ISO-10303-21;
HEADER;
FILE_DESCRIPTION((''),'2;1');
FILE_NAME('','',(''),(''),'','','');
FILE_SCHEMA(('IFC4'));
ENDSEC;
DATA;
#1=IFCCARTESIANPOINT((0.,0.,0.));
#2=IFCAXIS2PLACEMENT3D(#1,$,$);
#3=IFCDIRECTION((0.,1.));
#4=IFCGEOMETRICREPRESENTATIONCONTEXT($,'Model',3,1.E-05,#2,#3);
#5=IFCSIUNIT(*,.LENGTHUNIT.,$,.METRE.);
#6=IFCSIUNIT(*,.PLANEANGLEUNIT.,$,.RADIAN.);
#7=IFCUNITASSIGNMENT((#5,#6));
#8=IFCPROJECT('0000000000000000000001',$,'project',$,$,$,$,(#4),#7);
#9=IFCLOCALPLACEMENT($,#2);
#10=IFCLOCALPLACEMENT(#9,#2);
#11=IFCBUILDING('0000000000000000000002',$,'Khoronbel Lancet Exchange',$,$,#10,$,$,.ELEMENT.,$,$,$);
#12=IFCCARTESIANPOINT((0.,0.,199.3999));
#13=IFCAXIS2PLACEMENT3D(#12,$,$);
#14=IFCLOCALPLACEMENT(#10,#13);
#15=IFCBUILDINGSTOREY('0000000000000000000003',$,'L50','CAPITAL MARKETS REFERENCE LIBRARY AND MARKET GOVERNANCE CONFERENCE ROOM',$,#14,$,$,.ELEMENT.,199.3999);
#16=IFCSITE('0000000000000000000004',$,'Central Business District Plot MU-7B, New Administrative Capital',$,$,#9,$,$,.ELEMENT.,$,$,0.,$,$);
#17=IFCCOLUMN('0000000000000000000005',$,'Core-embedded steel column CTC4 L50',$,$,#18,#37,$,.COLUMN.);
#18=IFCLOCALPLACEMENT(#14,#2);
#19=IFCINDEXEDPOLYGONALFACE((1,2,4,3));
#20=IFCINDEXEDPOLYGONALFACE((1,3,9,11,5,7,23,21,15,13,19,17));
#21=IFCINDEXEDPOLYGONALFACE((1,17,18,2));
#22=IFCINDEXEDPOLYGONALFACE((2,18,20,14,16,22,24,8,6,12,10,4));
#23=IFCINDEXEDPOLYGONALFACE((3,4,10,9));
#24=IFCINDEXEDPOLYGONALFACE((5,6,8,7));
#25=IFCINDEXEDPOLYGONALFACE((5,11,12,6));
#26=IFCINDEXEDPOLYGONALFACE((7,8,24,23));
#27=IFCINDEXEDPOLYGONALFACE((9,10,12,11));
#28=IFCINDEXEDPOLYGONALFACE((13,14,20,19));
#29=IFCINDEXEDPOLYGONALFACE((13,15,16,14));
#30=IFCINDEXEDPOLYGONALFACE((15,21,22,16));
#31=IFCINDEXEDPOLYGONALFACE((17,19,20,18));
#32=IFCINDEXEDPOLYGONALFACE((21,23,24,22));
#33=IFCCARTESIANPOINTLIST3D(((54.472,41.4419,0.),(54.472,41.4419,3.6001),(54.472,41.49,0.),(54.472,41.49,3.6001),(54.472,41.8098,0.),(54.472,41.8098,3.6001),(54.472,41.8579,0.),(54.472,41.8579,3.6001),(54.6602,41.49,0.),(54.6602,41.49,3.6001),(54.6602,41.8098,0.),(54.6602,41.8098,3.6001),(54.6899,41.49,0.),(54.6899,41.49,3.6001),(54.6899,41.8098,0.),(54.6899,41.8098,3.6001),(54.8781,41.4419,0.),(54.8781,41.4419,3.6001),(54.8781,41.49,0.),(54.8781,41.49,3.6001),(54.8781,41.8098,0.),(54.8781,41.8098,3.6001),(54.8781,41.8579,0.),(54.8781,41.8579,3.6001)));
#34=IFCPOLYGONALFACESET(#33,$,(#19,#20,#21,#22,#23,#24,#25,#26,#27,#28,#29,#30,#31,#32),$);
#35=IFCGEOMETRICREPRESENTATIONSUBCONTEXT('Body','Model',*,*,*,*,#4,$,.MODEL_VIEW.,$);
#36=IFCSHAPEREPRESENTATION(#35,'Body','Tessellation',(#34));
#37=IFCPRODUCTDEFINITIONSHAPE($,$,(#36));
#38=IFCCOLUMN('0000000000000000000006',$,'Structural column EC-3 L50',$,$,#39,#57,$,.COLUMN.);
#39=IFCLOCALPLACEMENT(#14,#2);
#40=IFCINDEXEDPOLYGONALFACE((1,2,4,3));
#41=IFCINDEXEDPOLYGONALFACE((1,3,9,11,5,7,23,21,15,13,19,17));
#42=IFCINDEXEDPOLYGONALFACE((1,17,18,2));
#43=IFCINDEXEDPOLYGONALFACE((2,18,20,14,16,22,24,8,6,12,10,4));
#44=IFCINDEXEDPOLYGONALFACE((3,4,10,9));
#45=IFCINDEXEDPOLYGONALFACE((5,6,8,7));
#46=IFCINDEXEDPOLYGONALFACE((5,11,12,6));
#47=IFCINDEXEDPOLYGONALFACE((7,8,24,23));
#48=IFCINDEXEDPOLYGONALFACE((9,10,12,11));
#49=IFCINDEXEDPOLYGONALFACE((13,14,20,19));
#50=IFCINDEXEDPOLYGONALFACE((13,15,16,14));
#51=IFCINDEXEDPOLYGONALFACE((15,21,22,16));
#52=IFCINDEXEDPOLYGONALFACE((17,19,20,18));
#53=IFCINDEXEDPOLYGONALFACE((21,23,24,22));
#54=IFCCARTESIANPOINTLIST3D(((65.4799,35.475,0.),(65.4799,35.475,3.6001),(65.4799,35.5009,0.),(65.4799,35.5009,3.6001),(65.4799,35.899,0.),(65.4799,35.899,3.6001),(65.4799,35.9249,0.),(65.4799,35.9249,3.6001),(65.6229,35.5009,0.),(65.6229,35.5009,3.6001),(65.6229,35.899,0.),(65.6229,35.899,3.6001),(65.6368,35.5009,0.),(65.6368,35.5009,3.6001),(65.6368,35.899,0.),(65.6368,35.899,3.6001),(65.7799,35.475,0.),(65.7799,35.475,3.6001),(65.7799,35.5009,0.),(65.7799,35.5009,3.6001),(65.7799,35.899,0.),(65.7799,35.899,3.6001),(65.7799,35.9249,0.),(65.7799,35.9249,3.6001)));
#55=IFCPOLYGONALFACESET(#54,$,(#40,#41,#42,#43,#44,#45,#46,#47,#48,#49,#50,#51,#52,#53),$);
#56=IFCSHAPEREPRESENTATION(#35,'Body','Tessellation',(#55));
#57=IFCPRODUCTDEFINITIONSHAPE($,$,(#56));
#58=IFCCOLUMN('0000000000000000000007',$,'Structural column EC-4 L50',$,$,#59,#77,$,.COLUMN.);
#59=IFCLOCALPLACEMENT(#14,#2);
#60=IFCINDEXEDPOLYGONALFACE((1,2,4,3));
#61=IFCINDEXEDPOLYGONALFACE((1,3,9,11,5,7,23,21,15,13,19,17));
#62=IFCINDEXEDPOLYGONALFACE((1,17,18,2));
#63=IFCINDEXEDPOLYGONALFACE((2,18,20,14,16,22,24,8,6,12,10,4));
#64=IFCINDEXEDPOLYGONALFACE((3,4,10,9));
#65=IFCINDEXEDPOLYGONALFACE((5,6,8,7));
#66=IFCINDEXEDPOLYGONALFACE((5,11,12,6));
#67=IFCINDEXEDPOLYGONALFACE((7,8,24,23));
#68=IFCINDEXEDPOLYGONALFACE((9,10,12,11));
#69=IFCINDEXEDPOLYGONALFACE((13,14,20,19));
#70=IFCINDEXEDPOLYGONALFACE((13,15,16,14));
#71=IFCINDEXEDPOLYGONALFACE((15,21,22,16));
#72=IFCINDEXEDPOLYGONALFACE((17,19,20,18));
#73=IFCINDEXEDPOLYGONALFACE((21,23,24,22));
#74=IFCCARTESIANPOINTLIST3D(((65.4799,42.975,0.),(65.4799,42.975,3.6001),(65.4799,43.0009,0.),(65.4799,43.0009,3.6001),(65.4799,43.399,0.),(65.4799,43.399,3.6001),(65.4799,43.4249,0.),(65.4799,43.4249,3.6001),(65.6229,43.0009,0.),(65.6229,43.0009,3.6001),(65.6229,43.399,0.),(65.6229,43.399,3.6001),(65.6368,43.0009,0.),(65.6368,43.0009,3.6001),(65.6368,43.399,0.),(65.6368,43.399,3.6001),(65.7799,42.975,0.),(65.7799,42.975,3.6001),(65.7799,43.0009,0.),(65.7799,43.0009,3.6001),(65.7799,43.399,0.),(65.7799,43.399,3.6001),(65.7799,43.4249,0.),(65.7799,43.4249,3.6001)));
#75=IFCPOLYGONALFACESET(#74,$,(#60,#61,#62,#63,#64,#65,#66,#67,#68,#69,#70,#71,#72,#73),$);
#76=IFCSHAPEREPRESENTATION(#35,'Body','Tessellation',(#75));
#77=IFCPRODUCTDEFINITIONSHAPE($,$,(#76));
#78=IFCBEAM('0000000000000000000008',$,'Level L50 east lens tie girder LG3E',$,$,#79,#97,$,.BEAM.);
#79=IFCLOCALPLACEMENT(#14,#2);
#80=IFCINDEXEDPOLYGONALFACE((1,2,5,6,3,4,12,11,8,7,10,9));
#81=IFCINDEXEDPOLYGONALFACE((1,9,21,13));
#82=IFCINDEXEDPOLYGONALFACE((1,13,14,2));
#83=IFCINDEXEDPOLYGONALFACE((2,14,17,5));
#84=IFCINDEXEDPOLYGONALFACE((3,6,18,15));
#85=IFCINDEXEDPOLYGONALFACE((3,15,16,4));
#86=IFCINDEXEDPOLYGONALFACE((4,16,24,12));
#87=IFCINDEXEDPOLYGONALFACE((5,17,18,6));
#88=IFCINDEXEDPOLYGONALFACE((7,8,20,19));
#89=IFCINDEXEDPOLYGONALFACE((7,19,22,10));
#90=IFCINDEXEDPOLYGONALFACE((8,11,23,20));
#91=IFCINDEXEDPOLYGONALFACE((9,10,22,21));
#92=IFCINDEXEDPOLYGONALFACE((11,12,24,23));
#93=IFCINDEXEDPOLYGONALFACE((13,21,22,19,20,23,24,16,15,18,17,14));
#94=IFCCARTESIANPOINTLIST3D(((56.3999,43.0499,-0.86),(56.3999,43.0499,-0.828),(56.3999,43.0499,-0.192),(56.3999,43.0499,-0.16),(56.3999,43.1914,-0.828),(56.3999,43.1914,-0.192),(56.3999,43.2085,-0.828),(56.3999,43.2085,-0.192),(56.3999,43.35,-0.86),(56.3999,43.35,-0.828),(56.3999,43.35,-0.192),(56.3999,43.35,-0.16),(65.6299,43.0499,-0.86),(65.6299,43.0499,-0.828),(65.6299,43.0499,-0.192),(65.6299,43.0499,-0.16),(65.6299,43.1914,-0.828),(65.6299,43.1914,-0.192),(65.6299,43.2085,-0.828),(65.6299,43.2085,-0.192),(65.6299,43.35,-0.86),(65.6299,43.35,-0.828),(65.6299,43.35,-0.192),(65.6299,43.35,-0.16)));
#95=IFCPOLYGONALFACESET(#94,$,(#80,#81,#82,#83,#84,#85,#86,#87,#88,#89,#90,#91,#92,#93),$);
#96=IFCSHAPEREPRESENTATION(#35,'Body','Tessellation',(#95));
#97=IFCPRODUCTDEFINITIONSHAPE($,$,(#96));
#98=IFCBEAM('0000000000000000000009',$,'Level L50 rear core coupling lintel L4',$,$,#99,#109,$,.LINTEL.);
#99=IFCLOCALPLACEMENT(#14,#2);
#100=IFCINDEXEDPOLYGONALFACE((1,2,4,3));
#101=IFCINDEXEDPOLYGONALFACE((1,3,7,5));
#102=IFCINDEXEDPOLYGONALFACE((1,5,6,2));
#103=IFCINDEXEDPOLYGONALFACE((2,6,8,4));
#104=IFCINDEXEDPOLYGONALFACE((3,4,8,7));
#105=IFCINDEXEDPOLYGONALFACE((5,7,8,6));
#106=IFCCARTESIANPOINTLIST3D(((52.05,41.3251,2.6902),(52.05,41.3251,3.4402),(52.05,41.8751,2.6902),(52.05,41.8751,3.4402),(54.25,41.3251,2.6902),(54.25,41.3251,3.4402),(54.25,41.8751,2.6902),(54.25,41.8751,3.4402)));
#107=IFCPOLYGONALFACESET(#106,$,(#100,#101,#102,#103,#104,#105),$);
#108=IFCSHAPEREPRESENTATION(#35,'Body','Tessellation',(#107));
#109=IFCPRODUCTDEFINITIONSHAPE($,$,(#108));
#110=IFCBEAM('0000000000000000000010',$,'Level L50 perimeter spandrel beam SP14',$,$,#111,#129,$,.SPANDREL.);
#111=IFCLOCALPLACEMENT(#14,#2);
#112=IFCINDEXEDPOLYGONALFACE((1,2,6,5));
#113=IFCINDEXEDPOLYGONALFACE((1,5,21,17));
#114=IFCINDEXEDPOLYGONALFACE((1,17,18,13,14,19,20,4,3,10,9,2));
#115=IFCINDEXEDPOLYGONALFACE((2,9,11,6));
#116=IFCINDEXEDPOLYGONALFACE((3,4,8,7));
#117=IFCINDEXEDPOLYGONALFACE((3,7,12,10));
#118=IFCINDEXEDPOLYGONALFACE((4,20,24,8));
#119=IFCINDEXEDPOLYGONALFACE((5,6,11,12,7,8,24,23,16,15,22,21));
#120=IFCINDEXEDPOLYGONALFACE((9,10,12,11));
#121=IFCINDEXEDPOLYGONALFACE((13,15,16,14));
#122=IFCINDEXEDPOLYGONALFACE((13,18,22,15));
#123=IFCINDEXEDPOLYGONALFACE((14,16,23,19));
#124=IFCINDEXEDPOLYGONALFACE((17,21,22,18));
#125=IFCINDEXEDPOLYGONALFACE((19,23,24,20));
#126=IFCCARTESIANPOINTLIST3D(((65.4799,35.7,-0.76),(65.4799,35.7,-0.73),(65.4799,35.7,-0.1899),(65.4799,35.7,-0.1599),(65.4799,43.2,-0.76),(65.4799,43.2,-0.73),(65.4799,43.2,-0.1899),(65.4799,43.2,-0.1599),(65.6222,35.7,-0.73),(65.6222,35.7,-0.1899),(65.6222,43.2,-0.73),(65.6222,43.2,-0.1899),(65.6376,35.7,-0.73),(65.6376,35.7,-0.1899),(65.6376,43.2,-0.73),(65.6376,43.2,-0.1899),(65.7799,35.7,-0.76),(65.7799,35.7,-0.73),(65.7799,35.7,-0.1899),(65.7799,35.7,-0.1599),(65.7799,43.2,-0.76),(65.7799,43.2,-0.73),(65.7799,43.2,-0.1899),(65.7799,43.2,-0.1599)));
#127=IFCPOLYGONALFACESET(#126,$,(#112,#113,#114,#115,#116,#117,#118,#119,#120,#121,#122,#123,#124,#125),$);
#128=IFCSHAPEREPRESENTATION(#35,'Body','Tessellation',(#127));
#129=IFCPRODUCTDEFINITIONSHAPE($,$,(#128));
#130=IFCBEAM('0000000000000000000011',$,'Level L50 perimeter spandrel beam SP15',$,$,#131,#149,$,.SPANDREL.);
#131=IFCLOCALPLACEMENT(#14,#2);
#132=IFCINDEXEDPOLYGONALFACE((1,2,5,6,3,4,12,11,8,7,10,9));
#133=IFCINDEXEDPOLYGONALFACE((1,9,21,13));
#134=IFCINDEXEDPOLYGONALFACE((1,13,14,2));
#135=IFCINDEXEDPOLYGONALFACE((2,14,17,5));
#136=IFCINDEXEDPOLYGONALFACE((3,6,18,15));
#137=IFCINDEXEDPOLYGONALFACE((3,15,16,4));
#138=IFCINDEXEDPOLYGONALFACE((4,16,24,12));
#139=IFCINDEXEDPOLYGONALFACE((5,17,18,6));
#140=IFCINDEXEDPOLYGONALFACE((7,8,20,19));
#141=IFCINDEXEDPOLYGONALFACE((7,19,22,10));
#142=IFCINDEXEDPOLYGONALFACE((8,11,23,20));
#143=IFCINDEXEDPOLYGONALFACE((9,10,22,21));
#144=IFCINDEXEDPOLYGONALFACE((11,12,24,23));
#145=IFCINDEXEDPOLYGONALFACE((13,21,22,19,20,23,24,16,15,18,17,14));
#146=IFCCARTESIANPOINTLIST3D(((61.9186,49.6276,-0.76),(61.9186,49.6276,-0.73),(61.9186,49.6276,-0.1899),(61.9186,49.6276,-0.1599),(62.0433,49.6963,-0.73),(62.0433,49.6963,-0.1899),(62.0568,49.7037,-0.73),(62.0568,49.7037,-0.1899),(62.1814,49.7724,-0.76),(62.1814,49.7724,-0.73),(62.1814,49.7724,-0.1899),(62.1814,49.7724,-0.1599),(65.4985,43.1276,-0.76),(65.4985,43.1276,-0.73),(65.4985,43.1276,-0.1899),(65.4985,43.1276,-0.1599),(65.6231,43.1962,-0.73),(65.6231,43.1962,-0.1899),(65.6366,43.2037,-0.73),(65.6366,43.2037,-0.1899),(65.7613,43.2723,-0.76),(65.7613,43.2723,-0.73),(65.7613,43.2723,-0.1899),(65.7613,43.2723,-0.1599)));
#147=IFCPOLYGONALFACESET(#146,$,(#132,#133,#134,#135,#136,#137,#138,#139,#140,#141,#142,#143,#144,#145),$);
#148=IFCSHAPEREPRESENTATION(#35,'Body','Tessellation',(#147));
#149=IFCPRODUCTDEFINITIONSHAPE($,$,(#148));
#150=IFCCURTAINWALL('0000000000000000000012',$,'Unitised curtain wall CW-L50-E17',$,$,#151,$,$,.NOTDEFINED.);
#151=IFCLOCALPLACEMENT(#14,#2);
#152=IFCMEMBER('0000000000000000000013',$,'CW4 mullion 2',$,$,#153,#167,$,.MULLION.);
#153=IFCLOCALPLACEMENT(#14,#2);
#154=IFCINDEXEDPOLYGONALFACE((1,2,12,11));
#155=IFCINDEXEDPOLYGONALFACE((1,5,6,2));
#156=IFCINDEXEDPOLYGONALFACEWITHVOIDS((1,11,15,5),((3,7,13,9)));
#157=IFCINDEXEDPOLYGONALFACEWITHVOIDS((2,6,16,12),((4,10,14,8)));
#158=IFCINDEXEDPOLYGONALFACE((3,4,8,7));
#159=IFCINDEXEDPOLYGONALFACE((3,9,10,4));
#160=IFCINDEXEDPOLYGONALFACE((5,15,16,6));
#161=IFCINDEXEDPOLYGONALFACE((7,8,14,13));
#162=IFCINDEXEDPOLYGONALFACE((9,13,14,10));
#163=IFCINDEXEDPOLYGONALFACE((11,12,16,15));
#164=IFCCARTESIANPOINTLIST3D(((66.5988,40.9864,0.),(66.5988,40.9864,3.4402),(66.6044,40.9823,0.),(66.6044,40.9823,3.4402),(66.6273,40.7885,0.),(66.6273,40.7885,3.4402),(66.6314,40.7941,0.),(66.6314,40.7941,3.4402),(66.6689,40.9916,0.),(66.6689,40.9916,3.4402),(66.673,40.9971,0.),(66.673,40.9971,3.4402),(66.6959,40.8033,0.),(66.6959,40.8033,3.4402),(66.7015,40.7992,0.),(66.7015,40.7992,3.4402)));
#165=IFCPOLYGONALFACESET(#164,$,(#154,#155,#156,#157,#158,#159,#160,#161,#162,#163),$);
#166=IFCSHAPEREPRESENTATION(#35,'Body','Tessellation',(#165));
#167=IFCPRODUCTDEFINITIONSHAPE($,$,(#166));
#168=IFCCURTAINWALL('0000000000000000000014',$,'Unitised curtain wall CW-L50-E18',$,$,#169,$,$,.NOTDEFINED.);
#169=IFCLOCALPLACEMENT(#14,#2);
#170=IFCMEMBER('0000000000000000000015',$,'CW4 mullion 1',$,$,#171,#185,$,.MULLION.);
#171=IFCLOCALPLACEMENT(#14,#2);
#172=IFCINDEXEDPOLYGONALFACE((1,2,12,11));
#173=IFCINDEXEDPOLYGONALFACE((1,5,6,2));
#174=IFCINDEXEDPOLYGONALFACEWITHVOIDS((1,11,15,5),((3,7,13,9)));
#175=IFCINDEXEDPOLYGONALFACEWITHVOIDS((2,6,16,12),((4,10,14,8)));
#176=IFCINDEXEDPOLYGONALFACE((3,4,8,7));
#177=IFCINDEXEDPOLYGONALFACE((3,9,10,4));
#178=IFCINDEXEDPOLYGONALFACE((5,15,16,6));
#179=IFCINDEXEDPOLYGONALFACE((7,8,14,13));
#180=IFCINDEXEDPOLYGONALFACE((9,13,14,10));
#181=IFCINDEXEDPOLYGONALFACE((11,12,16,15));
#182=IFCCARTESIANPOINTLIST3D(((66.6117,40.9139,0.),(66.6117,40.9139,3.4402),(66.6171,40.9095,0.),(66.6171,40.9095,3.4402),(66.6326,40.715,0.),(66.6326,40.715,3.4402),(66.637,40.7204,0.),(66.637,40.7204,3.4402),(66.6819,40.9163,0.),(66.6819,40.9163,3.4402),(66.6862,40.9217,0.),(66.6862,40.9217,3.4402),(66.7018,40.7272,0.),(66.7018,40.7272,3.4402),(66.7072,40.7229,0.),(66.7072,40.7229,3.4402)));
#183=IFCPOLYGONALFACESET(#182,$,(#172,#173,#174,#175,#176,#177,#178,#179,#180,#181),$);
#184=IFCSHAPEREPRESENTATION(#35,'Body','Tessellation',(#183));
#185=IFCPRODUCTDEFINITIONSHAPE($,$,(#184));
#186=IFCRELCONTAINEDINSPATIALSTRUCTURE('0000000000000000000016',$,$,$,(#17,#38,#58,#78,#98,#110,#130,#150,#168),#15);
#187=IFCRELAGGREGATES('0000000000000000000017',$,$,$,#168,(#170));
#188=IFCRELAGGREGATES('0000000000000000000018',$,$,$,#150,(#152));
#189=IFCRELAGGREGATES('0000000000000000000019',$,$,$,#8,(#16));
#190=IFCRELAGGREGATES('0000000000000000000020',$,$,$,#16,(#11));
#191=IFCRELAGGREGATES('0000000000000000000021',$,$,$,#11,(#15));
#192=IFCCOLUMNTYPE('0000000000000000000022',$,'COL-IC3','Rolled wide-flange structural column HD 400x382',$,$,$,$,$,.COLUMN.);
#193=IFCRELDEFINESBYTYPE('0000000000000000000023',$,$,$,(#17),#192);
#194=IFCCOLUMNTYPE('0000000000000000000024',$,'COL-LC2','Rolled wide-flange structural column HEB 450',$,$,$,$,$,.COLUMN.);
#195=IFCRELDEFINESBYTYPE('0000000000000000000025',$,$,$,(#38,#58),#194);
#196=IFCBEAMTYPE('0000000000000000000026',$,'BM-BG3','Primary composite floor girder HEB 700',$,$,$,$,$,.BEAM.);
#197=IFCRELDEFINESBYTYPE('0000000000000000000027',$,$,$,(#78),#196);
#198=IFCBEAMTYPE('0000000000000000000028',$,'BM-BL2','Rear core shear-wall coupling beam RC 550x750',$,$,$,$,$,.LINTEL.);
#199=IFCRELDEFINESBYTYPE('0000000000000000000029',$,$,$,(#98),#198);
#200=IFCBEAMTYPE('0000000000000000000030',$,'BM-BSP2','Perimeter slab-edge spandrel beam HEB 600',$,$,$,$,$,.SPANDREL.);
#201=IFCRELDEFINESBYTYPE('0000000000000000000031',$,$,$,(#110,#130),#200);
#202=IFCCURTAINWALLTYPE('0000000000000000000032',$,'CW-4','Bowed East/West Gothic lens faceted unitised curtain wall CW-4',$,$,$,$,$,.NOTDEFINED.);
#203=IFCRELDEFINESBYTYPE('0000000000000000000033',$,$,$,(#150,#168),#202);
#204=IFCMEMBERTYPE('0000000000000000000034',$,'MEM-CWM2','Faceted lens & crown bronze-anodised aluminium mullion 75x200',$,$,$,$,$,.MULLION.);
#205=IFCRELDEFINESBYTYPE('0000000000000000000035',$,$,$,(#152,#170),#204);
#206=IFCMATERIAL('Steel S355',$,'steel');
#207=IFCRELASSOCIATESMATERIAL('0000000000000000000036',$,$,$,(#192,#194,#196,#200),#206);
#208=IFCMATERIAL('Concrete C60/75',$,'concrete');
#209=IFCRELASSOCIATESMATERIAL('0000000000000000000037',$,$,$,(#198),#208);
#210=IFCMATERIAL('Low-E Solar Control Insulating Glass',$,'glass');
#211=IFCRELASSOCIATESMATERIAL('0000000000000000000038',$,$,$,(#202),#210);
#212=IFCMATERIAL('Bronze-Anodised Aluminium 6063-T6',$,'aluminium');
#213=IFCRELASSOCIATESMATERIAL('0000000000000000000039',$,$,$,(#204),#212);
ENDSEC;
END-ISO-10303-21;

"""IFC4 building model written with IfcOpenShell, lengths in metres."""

from ifc_helpers import new_model, si_unit, direction, frame, origin, origin_2d, place, context, subcontext, project, spatial, rectangle, hollow_rectangle, i_section, extrude, material, material_profile, profile_set, type_object, element, aggregate, save


model = new_model("IFC4")

# Units and contexts
model_context = context("Model", 3, precision=1e-05, world=origin(), true_north=direction((0.0, 1.0)))
body_context = subcontext(model_context, "Body", "Model", "MODEL_VIEW")
ifc_project = project(units=[si_unit("LENGTHUNIT", "METRE"), si_unit("PLANEANGLEUNIT", "RADIAN")], contexts=[model_context])

# Site, building, storey
site_placement = place(None, origin())
site = spatial("IfcSite", under=ifc_project, at=site_placement, Name="Central Business District Plot MU-7B, New Administrative Capital", CompositionType="ELEMENT", RefElevation=0.0)
building_placement = place(site_placement, origin())
building = spatial("IfcBuilding", under=site, at=building_placement, Name="Khoronbel Lancet Exchange", CompositionType="ELEMENT")
storey_placement = place(building_placement, frame((0.0, 0.0, 199.3999)))
storey = spatial("IfcBuildingStorey", under=building, at=storey_placement, Name="L50", Description="CAPITAL MARKETS REFERENCE LIBRARY AND MARKET GOVERNANCE CONFERENCE ROOM", CompositionType="ELEMENT", Elevation=199.3999)

# Columns
ifc_material_1 = material(Name="Steel S355", Category="steel")
ifc_material_profile_1 = material_profile(ifc_material_1, i_section(OverallWidth=0.406, OverallDepth=0.416, WebThickness=0.0298, FlangeThickness=0.0481, at=origin_2d()), Name="HD 400x382")
ifc_profile_set_1 = profile_set([ifc_material_profile_1], Name="Steel S355")
column_type_1 = type_object("IfcColumnType", Name="COL-IC3", Description="Rolled wide-flange structural column HD 400x382", PredefinedType="COLUMN", material=ifc_profile_set_1)
column_placement = place(storey_placement, frame((54.675, 41.6499, 0.0), z_axis=(0.0, 0.0, 1.0), x_axis=(1.0, 0.0, 0.0)))
element("IfcColumn", 1, at=column_placement, inside=storey, type_object=column_type_1, Name="Core-embedded steel column CTC4 L50", PredefinedType="COLUMN", context=body_context, shape_type="SweptSolid", body=[
    extrude(i_section(OverallWidth=0.406, OverallDepth=0.416, WebThickness=0.0298, FlangeThickness=0.0481, at=origin_2d()), origin(), (0.0, 0.0, 1.0), 3.6001),
])
ifc_material_profile_2 = material_profile(ifc_material_1, i_section(OverallWidth=0.3, OverallDepth=0.45, WebThickness=0.0139, FlangeThickness=0.0259, at=origin_2d()), Name="HEB 450")
ifc_profile_set_2 = profile_set([ifc_material_profile_2], Name="Steel S355")
column_type_2 = type_object("IfcColumnType", Name="COL-LC2", Description="Rolled wide-flange structural column HEB 450", PredefinedType="COLUMN", material=ifc_profile_set_2)
for number, where, z_axis, x_axis, name in (
    (2, (65.6299, 35.7, 0.0), (0.0, 0.0, 1.0), (1.0, 0.0, 0.0), "Structural column EC-3 L50"),
    (3, (65.6299, 43.2, 0.0), (0.0, 0.0, 1.0), (1.0, 0.0, 0.0), "Structural column EC-4 L50"),
):
    element("IfcColumn", number, at=place(storey_placement, frame(where, z_axis=z_axis, x_axis=x_axis)), inside=storey, type_object=column_type_2, Name=name, PredefinedType="COLUMN", context=body_context, shape_type="SweptSolid", body=[
        extrude(i_section(OverallWidth=0.3, OverallDepth=0.45, WebThickness=0.0139, FlangeThickness=0.0259, at=origin_2d()), origin(), (0.0, 0.0, 1.0), 3.6001),
    ])

# Beams
ifc_material_profile_3 = material_profile(ifc_material_1, i_section(OverallWidth=0.3, OverallDepth=0.7, WebThickness=0.0171, FlangeThickness=0.032, at=origin_2d()), Name="HEB 700")
ifc_profile_set_3 = profile_set([ifc_material_profile_3], Name="Steel S355")
beam_type_1 = type_object("IfcBeamType", Name="BM-BG3", Description="Primary composite floor girder HEB 700", PredefinedType="BEAM", material=ifc_profile_set_3)
beam_1_placement = place(storey_placement, frame((56.3999, 43.2, -0.51), z_axis=(1.0, 0.0, 0.0), x_axis=(0.0, 1.0, 0.0)))
element("IfcBeam", 4, at=beam_1_placement, inside=storey, type_object=beam_type_1, Name="Level L50 east lens tie girder LG3E", PredefinedType="BEAM", context=body_context, shape_type="SweptSolid", body=[
    extrude(i_section(OverallWidth=0.3, OverallDepth=0.7, WebThickness=0.0171, FlangeThickness=0.032, at=origin_2d()), origin(), (0.0, 0.0, 1.0), 9.23),
])
ifc_material_2 = material(Name="Concrete C60/75", Category="concrete")
ifc_material_profile_4 = material_profile(ifc_material_2, rectangle(XDim=0.55, YDim=0.75, at=origin_2d()), Name="RC 550x750")
ifc_profile_set_4 = profile_set([ifc_material_profile_4], Name="Concrete C60/75")
beam_type_2 = type_object("IfcBeamType", Name="BM-BL2", Description="Rear core shear-wall coupling beam RC 550x750", PredefinedType="LINTEL", material=ifc_profile_set_4)
beam_2_placement = place(storey_placement, frame((52.05, 41.6001, 3.0652), z_axis=(1.0, 0.0, 0.0), x_axis=(0.0, 1.0, 0.0)))
element("IfcBeam", 5, at=beam_2_placement, inside=storey, type_object=beam_type_2, Name="Level L50 rear core coupling lintel L4", PredefinedType="LINTEL", context=body_context, shape_type="SweptSolid", body=[
    extrude(rectangle(XDim=0.55, YDim=0.75, at=origin_2d()), origin(), (0.0, 0.0, 1.0), 2.2),
])
ifc_material_profile_5 = material_profile(ifc_material_1, i_section(OverallWidth=0.3, OverallDepth=0.6001, WebThickness=0.0154, FlangeThickness=0.03, at=origin_2d()), Name="HEB 600")
ifc_profile_set_5 = profile_set([ifc_material_profile_5], Name="Steel S355")
beam_type_3 = type_object("IfcBeamType", Name="BM-BSP2", Description="Perimeter slab-edge spandrel beam HEB 600", PredefinedType="SPANDREL", material=ifc_profile_set_5)
beam_3_placement = place(storey_placement, frame((65.6299, 35.7, -0.46), z_axis=(0.0, 1.0, 0.0), x_axis=(-1.0, 0.0, 0.0)))
element("IfcBeam", 6, at=beam_3_placement, inside=storey, type_object=beam_type_3, Name="Level L50 perimeter spandrel beam SP14", PredefinedType="SPANDREL", context=body_context, shape_type="SweptSolid", body=[
    extrude(i_section(OverallWidth=0.3, OverallDepth=0.6001, WebThickness=0.0154, FlangeThickness=0.03, at=origin_2d()), origin(), (0.0, 0.0, 1.0), 7.5),
])
beam_4_placement = place(storey_placement, frame((65.6299, 43.2, -0.46), z_axis=(-0.482419, 0.875941, 0.0), x_axis=(-0.875941, -0.482419, 0.0)))
element("IfcBeam", 7, at=beam_4_placement, inside=storey, type_object=beam_type_3, Name="Level L50 perimeter spandrel beam SP15", PredefinedType="SPANDREL", context=body_context, shape_type="SweptSolid", body=[
    extrude(i_section(OverallWidth=0.3, OverallDepth=0.6001, WebThickness=0.0154, FlangeThickness=0.03, at=origin_2d()), origin(), (0.0, 0.0, 1.0), 7.4207),
])

# Curtain wall, member
ifc_material_3 = material(Name="Low-E Solar Control Insulating Glass", Category="glass")
curtain_wall_type = type_object("IfcCurtainWallType", Name="CW-4", Description="Bowed East/West Gothic lens faceted unitised curtain wall CW-4", PredefinedType="NOTDEFINED", material=ifc_material_3)
curtain_wall_1_placement = place(storey_placement, origin())
curtain_wall_1 = element("IfcCurtainWall", 8, at=curtain_wall_1_placement, inside=storey, type_object=curtain_wall_type, Name="Unitised curtain wall CW-L50-E17", PredefinedType="NOTDEFINED")
ifc_material_4 = material(Name="Bronze-Anodised Aluminium 6063-T6", Category="aluminium")
ifc_material_profile_6 = material_profile(ifc_material_4, hollow_rectangle(XDim=0.075, YDim=0.2, WallThickness=0.0049, at=origin_2d()), Name="ALU MULLION 75x200")
ifc_profile_set_6 = profile_set([ifc_material_profile_6], Name="Bronze-Anodised Aluminium 6063-T6")
member_type_1 = type_object("IfcMemberType", Name="MEM-CWM2", Description="Faceted lens & crown bronze-anodised aluminium mullion 75x200", PredefinedType="MULLION", material=ifc_profile_set_6)
member_1_placement = place(storey_placement, frame((66.6501, 40.8928, 0.0), z_axis=(0.0, 0.0, 1.0), x_axis=(0.989821, 0.142315, 0.0)))
member_1 = element("IfcMember", 9, at=member_1_placement, type_object=member_type_1, Name="CW4 mullion 2", PredefinedType="MULLION", context=body_context, shape_type="SweptSolid", body=[
    extrude(hollow_rectangle(XDim=0.075, YDim=0.2, WallThickness=0.0049, at=origin_2d()), origin(), (0.0, 0.0, 1.0), 3.4402),
])

# Curtain wall, member
curtain_wall_2_placement = place(storey_placement, origin())
curtain_wall_2 = element("IfcCurtainWall", 10, at=curtain_wall_2_placement, inside=storey, type_object=curtain_wall_type, Name="Unitised curtain wall CW-L50-E18", PredefinedType="NOTDEFINED")
member_2_placement = place(storey_placement, frame((66.6594, 40.8184, 0.0), z_axis=(0.0, 0.0, 1.0), x_axis=(0.994505, 0.104686, 0.0)))
member_2 = element("IfcMember", 11, at=member_2_placement, type_object=member_type_1, Name="CW4 mullion 1", PredefinedType="MULLION", context=body_context, shape_type="SweptSolid", body=[
    extrude(hollow_rectangle(XDim=0.075, YDim=0.2, WallThickness=0.0049, at=origin_2d()), origin(), (0.0, 0.0, 1.0), 3.4402),
])

aggregate(curtain_wall_2, [member_2])
aggregate(curtain_wall_1, [member_1])

save(model, "model.ifc")
